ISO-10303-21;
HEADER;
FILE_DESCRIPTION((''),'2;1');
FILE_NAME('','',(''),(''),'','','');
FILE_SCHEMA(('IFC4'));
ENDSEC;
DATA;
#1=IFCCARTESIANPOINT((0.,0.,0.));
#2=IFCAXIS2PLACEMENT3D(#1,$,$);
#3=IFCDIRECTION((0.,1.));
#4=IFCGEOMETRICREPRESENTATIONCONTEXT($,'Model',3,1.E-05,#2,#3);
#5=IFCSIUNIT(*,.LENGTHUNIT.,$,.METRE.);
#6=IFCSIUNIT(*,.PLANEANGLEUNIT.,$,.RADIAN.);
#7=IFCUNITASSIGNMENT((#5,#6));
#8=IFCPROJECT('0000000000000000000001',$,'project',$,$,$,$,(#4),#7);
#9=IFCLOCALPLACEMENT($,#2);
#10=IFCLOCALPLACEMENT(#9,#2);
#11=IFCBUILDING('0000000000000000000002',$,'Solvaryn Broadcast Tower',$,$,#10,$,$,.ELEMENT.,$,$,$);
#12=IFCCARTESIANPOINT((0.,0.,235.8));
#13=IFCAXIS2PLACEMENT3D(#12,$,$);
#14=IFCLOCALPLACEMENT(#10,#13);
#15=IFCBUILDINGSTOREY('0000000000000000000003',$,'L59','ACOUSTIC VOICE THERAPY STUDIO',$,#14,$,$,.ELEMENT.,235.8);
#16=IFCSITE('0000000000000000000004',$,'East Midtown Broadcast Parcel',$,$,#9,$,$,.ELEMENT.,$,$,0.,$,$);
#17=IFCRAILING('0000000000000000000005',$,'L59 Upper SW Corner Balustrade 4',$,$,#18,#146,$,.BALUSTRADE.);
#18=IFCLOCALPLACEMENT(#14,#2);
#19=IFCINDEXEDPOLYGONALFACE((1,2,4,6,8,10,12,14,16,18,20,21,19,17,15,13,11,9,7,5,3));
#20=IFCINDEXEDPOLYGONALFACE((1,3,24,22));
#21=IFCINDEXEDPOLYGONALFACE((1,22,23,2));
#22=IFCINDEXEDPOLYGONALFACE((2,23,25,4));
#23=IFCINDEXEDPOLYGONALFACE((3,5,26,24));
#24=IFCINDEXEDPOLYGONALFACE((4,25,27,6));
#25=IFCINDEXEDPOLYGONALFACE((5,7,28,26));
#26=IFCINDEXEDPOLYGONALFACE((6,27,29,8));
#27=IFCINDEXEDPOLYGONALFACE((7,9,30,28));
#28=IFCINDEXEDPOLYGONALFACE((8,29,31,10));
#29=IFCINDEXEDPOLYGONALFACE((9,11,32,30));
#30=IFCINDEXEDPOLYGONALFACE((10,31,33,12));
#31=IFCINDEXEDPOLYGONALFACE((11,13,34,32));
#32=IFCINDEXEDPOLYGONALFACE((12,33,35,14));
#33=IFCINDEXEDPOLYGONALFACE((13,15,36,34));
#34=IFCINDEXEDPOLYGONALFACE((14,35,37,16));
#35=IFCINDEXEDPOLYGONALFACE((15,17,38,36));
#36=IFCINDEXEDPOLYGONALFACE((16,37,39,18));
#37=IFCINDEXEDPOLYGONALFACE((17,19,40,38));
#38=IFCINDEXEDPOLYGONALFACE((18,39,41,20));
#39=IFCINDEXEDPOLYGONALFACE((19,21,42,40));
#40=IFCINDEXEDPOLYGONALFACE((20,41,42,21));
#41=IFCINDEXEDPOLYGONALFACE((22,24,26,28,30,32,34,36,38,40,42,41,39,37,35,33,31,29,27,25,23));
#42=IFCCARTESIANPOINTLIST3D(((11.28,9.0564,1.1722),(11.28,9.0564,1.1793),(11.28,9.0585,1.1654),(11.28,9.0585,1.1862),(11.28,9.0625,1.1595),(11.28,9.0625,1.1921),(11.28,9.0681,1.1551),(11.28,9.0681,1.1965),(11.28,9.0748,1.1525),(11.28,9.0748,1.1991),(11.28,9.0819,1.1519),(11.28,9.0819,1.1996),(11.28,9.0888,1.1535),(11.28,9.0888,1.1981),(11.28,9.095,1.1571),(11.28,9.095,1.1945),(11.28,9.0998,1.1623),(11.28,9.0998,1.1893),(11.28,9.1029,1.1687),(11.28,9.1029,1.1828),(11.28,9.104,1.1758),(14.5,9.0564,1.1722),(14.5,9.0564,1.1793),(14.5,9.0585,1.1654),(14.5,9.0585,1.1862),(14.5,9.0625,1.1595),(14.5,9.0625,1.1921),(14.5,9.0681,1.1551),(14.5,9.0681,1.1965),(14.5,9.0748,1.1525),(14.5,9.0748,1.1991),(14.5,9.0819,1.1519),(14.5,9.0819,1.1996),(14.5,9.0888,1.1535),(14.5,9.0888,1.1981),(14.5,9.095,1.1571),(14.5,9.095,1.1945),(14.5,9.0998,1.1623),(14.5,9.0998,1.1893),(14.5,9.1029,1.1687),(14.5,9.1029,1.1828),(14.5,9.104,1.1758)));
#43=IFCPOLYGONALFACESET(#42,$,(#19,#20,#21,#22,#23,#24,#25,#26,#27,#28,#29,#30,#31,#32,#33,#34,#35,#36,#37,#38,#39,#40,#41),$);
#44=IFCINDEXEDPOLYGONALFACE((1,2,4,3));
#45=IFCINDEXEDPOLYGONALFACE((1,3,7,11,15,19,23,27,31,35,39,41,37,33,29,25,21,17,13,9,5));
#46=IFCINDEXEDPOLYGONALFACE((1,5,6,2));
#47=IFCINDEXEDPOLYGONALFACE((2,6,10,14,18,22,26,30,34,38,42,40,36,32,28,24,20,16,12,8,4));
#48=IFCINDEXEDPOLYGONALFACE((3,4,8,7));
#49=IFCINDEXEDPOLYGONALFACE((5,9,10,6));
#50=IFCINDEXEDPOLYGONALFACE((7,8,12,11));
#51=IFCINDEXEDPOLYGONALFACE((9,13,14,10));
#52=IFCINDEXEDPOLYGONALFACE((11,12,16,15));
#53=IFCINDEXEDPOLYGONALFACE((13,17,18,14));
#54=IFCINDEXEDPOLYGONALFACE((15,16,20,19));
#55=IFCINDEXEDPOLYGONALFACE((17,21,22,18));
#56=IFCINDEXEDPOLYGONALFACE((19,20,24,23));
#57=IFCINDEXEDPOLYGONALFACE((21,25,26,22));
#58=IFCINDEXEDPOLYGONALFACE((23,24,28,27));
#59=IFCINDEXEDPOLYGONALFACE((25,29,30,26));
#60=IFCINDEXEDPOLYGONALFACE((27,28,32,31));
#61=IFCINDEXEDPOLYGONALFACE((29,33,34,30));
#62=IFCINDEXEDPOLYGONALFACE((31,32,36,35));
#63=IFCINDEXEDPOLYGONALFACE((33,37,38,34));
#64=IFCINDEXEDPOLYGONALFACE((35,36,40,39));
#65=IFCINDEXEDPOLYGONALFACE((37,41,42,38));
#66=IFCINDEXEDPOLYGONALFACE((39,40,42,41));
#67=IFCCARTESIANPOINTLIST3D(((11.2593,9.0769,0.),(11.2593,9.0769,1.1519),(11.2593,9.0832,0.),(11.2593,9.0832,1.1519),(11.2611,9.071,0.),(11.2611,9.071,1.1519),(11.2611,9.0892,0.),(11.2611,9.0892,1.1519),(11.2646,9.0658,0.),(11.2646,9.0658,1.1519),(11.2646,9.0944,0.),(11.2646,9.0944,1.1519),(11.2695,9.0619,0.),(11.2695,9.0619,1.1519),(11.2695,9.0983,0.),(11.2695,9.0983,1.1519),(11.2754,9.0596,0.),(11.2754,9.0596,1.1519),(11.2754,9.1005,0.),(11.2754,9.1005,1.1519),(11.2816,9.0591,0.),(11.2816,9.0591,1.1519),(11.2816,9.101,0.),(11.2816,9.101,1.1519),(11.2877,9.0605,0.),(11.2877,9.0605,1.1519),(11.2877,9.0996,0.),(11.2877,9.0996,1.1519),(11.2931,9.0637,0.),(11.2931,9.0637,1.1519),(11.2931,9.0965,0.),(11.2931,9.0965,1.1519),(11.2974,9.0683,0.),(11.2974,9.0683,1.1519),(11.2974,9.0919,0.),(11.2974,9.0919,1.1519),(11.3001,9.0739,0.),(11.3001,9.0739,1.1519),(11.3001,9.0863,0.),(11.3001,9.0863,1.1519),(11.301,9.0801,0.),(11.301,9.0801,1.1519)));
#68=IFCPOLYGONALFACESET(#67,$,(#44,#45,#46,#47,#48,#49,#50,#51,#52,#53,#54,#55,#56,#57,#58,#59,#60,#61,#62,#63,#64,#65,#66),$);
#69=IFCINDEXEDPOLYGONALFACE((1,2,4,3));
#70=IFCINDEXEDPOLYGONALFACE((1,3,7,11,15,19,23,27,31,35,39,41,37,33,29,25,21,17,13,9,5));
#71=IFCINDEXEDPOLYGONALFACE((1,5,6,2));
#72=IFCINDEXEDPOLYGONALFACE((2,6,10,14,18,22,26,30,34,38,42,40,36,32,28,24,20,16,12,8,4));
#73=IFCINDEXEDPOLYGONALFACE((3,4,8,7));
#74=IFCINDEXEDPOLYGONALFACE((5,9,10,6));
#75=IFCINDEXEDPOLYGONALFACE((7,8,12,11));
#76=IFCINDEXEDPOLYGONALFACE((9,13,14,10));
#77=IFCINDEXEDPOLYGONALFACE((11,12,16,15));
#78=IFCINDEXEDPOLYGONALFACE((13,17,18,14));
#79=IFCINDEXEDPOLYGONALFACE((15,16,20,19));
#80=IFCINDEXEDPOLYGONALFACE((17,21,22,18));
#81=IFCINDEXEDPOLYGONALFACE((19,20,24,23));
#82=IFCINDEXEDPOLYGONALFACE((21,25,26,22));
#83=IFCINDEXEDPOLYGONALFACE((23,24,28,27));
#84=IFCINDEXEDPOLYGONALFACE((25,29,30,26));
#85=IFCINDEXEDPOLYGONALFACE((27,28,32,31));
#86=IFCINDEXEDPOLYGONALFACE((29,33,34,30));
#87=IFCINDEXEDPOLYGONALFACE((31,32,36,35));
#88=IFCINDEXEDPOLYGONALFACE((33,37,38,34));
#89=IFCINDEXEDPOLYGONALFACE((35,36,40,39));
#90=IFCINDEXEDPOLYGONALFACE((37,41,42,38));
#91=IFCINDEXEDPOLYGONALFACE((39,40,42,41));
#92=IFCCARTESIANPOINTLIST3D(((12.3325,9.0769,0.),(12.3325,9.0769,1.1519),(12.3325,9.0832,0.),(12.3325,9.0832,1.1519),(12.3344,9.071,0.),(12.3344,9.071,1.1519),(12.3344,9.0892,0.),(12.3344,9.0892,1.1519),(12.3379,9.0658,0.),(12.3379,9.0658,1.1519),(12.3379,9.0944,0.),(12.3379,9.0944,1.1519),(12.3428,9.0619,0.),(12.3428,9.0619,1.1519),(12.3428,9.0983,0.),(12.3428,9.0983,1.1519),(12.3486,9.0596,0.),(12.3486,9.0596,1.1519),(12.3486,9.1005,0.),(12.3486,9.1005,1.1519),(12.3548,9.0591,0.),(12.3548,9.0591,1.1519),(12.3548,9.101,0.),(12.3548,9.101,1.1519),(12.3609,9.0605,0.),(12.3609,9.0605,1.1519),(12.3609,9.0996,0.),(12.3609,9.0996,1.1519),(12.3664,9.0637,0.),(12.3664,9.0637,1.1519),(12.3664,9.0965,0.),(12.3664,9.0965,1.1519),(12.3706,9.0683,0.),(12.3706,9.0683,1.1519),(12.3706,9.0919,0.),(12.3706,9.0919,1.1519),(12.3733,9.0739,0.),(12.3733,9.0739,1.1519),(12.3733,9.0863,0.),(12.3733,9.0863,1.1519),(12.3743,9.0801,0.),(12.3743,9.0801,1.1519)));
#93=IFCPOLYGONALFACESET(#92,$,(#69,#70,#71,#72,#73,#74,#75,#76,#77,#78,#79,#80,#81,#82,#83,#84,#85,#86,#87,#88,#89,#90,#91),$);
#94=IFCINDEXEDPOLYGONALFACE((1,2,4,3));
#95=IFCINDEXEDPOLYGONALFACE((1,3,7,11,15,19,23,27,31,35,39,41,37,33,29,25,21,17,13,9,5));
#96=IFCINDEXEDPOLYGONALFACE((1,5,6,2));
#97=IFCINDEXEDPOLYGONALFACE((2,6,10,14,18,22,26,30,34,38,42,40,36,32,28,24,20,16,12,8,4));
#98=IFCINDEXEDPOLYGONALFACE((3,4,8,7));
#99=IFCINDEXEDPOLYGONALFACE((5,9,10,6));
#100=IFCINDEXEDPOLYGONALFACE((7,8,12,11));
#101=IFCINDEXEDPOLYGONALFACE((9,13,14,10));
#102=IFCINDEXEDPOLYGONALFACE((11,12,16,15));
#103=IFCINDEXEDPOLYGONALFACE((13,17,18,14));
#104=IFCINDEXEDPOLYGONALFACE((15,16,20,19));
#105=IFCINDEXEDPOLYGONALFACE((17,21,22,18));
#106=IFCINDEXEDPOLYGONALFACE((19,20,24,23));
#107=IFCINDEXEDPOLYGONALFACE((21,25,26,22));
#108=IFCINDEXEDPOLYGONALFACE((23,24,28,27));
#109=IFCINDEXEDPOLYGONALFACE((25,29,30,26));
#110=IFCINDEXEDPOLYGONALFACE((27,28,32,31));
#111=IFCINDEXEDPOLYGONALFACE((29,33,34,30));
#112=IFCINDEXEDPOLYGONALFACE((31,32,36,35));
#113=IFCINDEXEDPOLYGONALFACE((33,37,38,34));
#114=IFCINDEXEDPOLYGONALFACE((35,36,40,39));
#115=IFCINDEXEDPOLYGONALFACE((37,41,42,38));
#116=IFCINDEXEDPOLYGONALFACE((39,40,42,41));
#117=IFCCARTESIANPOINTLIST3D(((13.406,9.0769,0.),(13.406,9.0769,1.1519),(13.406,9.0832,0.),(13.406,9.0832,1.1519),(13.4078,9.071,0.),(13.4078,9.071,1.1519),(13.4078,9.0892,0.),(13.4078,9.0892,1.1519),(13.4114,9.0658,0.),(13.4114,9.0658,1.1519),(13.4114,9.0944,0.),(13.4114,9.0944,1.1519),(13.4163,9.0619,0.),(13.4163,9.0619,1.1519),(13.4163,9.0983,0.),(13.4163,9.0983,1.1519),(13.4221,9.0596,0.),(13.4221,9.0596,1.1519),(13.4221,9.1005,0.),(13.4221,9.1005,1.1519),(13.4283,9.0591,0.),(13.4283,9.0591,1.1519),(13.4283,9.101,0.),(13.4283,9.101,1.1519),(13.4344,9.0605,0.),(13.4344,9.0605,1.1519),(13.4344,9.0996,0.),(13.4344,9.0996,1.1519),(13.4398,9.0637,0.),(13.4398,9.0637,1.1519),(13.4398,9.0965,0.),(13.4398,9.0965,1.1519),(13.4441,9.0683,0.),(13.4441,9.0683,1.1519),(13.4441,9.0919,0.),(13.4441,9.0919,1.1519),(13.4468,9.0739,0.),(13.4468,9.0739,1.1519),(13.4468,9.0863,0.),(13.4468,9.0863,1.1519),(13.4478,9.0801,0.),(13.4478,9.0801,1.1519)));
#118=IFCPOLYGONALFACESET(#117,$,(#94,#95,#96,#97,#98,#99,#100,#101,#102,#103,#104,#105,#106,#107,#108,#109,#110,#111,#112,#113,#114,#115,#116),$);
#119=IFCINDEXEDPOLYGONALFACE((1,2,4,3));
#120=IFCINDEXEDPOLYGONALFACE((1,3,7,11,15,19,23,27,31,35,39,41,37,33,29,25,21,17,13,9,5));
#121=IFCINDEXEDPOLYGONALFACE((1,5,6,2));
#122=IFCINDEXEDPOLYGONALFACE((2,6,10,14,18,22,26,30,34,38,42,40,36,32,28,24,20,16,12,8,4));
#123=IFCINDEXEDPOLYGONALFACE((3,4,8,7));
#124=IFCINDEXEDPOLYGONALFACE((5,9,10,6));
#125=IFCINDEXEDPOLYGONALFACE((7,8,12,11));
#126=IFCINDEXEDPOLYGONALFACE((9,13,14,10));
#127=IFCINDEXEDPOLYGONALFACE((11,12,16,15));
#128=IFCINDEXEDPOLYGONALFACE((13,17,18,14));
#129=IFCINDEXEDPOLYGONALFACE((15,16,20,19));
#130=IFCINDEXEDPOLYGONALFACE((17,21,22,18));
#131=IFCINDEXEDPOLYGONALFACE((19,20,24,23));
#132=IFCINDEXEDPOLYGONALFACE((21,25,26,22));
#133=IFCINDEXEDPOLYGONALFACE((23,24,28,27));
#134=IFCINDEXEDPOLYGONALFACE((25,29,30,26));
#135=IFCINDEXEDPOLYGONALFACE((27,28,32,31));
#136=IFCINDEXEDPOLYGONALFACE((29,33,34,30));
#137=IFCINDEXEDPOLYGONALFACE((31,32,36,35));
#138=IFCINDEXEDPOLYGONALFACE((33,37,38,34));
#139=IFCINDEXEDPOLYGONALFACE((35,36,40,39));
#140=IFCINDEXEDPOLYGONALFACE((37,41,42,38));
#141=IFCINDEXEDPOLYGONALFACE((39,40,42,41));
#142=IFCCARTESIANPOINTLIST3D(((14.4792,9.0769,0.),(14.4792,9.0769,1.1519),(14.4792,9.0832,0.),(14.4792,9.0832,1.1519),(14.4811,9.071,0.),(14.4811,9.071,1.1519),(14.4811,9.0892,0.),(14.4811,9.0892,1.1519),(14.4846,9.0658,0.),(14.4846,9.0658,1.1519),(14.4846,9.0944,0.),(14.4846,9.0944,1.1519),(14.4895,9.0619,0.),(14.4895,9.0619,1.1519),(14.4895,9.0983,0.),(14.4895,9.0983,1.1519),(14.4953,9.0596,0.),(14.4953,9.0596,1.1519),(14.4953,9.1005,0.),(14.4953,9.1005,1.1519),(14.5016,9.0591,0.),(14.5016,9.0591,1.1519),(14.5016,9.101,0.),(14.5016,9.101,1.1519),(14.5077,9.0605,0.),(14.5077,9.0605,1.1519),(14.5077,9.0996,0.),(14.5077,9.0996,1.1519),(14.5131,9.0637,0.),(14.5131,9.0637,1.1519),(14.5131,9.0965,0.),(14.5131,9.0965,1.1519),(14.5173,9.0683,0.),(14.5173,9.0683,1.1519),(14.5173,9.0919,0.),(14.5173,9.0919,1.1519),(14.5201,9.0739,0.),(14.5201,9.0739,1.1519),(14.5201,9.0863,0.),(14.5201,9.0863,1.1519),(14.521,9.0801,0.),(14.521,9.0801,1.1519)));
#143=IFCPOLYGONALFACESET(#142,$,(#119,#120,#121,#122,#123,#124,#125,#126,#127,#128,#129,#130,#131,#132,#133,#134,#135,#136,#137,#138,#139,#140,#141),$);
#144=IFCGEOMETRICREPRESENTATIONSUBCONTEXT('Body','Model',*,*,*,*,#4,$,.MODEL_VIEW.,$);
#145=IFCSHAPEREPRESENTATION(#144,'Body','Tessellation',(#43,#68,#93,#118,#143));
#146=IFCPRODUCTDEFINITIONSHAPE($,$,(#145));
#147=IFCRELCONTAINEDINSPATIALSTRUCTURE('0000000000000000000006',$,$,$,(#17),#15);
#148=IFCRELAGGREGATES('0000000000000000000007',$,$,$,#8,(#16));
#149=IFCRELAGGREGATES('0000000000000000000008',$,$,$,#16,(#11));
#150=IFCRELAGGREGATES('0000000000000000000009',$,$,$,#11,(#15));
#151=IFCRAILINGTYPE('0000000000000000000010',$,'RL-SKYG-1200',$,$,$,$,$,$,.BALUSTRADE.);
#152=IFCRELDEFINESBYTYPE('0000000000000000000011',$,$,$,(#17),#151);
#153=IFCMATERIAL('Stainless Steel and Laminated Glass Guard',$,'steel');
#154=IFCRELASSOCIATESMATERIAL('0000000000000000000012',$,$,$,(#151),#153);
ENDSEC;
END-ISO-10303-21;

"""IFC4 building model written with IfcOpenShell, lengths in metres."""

from ifc_helpers import new_model, si_unit, direction, frame, origin, origin_2d, place, context, subcontext, project, spatial, circle, extrude, material, type_object, element, save


model = new_model("IFC4")

# Units and contexts
model_context = context("Model", 3, precision=1e-05, world=origin(), true_north=direction((0.0, 1.0)))
body_context = subcontext(model_context, "Body", "Model", "MODEL_VIEW")
ifc_project = project(units=[si_unit("LENGTHUNIT", "METRE"), si_unit("PLANEANGLEUNIT", "RADIAN")], contexts=[model_context])

# Site, building, storey
site_placement = place(None, origin())
site = spatial("IfcSite", under=ifc_project, at=site_placement, Name="East Midtown Broadcast Parcel", CompositionType="ELEMENT", RefElevation=0.0)
building_placement = place(site_placement, origin())
building = spatial("IfcBuilding", under=site, at=building_placement, Name="Solvaryn Broadcast Tower", CompositionType="ELEMENT")
storey_placement = place(building_placement, frame((0.0, 0.0, 235.8)))
storey = spatial("IfcBuildingStorey", under=building, at=storey_placement, Name="L59", Description="ACOUSTIC VOICE THERAPY STUDIO", CompositionType="ELEMENT", Elevation=235.8)

# Railing
ifc_material_1 = material(Name="Stainless Steel and Laminated Glass Guard", Category="steel")
railing_type = type_object("IfcRailingType", Name="RL-SKYG-1200", PredefinedType="BALUSTRADE", material=ifc_material_1)
railing_placement = place(storey_placement, frame((11.28, 9.0801, 0.0)))
element("IfcRailing", 1, at=railing_placement, inside=storey, type_object=railing_type, Name="L59 Upper SW Corner Balustrade 4", PredefinedType="BALUSTRADE", context=body_context, shape_type="SweptSolid", body=[
    extrude(circle(Radius=0.0239, at=origin_2d()), frame((0.0, 0.0, 1.1758), z_axis=(1.0, 0.0, 0.0), x_axis=(0.0, 1.0, 0.0)), (0.0, 0.0, 1.0), 3.22),
    extrude(circle(Radius=0.021, at=origin_2d()), origin(), (0.0, 0.0, 1.0), 1.1519),
    extrude(circle(Radius=0.021, at=origin_2d()), frame((1.0732, 0.0, 0.0)), (0.0, 0.0, 1.0), 1.1519),
    extrude(circle(Radius=0.021, at=origin_2d()), frame((2.1467, 0.0, 0.0)), (0.0, 0.0, 1.0), 1.1519),
    extrude(circle(Radius=0.021, at=origin_2d()), frame((3.22, 0.0, 0.0)), (0.0, 0.0, 1.0), 1.1519),
])

save(model, "model.ifc")
